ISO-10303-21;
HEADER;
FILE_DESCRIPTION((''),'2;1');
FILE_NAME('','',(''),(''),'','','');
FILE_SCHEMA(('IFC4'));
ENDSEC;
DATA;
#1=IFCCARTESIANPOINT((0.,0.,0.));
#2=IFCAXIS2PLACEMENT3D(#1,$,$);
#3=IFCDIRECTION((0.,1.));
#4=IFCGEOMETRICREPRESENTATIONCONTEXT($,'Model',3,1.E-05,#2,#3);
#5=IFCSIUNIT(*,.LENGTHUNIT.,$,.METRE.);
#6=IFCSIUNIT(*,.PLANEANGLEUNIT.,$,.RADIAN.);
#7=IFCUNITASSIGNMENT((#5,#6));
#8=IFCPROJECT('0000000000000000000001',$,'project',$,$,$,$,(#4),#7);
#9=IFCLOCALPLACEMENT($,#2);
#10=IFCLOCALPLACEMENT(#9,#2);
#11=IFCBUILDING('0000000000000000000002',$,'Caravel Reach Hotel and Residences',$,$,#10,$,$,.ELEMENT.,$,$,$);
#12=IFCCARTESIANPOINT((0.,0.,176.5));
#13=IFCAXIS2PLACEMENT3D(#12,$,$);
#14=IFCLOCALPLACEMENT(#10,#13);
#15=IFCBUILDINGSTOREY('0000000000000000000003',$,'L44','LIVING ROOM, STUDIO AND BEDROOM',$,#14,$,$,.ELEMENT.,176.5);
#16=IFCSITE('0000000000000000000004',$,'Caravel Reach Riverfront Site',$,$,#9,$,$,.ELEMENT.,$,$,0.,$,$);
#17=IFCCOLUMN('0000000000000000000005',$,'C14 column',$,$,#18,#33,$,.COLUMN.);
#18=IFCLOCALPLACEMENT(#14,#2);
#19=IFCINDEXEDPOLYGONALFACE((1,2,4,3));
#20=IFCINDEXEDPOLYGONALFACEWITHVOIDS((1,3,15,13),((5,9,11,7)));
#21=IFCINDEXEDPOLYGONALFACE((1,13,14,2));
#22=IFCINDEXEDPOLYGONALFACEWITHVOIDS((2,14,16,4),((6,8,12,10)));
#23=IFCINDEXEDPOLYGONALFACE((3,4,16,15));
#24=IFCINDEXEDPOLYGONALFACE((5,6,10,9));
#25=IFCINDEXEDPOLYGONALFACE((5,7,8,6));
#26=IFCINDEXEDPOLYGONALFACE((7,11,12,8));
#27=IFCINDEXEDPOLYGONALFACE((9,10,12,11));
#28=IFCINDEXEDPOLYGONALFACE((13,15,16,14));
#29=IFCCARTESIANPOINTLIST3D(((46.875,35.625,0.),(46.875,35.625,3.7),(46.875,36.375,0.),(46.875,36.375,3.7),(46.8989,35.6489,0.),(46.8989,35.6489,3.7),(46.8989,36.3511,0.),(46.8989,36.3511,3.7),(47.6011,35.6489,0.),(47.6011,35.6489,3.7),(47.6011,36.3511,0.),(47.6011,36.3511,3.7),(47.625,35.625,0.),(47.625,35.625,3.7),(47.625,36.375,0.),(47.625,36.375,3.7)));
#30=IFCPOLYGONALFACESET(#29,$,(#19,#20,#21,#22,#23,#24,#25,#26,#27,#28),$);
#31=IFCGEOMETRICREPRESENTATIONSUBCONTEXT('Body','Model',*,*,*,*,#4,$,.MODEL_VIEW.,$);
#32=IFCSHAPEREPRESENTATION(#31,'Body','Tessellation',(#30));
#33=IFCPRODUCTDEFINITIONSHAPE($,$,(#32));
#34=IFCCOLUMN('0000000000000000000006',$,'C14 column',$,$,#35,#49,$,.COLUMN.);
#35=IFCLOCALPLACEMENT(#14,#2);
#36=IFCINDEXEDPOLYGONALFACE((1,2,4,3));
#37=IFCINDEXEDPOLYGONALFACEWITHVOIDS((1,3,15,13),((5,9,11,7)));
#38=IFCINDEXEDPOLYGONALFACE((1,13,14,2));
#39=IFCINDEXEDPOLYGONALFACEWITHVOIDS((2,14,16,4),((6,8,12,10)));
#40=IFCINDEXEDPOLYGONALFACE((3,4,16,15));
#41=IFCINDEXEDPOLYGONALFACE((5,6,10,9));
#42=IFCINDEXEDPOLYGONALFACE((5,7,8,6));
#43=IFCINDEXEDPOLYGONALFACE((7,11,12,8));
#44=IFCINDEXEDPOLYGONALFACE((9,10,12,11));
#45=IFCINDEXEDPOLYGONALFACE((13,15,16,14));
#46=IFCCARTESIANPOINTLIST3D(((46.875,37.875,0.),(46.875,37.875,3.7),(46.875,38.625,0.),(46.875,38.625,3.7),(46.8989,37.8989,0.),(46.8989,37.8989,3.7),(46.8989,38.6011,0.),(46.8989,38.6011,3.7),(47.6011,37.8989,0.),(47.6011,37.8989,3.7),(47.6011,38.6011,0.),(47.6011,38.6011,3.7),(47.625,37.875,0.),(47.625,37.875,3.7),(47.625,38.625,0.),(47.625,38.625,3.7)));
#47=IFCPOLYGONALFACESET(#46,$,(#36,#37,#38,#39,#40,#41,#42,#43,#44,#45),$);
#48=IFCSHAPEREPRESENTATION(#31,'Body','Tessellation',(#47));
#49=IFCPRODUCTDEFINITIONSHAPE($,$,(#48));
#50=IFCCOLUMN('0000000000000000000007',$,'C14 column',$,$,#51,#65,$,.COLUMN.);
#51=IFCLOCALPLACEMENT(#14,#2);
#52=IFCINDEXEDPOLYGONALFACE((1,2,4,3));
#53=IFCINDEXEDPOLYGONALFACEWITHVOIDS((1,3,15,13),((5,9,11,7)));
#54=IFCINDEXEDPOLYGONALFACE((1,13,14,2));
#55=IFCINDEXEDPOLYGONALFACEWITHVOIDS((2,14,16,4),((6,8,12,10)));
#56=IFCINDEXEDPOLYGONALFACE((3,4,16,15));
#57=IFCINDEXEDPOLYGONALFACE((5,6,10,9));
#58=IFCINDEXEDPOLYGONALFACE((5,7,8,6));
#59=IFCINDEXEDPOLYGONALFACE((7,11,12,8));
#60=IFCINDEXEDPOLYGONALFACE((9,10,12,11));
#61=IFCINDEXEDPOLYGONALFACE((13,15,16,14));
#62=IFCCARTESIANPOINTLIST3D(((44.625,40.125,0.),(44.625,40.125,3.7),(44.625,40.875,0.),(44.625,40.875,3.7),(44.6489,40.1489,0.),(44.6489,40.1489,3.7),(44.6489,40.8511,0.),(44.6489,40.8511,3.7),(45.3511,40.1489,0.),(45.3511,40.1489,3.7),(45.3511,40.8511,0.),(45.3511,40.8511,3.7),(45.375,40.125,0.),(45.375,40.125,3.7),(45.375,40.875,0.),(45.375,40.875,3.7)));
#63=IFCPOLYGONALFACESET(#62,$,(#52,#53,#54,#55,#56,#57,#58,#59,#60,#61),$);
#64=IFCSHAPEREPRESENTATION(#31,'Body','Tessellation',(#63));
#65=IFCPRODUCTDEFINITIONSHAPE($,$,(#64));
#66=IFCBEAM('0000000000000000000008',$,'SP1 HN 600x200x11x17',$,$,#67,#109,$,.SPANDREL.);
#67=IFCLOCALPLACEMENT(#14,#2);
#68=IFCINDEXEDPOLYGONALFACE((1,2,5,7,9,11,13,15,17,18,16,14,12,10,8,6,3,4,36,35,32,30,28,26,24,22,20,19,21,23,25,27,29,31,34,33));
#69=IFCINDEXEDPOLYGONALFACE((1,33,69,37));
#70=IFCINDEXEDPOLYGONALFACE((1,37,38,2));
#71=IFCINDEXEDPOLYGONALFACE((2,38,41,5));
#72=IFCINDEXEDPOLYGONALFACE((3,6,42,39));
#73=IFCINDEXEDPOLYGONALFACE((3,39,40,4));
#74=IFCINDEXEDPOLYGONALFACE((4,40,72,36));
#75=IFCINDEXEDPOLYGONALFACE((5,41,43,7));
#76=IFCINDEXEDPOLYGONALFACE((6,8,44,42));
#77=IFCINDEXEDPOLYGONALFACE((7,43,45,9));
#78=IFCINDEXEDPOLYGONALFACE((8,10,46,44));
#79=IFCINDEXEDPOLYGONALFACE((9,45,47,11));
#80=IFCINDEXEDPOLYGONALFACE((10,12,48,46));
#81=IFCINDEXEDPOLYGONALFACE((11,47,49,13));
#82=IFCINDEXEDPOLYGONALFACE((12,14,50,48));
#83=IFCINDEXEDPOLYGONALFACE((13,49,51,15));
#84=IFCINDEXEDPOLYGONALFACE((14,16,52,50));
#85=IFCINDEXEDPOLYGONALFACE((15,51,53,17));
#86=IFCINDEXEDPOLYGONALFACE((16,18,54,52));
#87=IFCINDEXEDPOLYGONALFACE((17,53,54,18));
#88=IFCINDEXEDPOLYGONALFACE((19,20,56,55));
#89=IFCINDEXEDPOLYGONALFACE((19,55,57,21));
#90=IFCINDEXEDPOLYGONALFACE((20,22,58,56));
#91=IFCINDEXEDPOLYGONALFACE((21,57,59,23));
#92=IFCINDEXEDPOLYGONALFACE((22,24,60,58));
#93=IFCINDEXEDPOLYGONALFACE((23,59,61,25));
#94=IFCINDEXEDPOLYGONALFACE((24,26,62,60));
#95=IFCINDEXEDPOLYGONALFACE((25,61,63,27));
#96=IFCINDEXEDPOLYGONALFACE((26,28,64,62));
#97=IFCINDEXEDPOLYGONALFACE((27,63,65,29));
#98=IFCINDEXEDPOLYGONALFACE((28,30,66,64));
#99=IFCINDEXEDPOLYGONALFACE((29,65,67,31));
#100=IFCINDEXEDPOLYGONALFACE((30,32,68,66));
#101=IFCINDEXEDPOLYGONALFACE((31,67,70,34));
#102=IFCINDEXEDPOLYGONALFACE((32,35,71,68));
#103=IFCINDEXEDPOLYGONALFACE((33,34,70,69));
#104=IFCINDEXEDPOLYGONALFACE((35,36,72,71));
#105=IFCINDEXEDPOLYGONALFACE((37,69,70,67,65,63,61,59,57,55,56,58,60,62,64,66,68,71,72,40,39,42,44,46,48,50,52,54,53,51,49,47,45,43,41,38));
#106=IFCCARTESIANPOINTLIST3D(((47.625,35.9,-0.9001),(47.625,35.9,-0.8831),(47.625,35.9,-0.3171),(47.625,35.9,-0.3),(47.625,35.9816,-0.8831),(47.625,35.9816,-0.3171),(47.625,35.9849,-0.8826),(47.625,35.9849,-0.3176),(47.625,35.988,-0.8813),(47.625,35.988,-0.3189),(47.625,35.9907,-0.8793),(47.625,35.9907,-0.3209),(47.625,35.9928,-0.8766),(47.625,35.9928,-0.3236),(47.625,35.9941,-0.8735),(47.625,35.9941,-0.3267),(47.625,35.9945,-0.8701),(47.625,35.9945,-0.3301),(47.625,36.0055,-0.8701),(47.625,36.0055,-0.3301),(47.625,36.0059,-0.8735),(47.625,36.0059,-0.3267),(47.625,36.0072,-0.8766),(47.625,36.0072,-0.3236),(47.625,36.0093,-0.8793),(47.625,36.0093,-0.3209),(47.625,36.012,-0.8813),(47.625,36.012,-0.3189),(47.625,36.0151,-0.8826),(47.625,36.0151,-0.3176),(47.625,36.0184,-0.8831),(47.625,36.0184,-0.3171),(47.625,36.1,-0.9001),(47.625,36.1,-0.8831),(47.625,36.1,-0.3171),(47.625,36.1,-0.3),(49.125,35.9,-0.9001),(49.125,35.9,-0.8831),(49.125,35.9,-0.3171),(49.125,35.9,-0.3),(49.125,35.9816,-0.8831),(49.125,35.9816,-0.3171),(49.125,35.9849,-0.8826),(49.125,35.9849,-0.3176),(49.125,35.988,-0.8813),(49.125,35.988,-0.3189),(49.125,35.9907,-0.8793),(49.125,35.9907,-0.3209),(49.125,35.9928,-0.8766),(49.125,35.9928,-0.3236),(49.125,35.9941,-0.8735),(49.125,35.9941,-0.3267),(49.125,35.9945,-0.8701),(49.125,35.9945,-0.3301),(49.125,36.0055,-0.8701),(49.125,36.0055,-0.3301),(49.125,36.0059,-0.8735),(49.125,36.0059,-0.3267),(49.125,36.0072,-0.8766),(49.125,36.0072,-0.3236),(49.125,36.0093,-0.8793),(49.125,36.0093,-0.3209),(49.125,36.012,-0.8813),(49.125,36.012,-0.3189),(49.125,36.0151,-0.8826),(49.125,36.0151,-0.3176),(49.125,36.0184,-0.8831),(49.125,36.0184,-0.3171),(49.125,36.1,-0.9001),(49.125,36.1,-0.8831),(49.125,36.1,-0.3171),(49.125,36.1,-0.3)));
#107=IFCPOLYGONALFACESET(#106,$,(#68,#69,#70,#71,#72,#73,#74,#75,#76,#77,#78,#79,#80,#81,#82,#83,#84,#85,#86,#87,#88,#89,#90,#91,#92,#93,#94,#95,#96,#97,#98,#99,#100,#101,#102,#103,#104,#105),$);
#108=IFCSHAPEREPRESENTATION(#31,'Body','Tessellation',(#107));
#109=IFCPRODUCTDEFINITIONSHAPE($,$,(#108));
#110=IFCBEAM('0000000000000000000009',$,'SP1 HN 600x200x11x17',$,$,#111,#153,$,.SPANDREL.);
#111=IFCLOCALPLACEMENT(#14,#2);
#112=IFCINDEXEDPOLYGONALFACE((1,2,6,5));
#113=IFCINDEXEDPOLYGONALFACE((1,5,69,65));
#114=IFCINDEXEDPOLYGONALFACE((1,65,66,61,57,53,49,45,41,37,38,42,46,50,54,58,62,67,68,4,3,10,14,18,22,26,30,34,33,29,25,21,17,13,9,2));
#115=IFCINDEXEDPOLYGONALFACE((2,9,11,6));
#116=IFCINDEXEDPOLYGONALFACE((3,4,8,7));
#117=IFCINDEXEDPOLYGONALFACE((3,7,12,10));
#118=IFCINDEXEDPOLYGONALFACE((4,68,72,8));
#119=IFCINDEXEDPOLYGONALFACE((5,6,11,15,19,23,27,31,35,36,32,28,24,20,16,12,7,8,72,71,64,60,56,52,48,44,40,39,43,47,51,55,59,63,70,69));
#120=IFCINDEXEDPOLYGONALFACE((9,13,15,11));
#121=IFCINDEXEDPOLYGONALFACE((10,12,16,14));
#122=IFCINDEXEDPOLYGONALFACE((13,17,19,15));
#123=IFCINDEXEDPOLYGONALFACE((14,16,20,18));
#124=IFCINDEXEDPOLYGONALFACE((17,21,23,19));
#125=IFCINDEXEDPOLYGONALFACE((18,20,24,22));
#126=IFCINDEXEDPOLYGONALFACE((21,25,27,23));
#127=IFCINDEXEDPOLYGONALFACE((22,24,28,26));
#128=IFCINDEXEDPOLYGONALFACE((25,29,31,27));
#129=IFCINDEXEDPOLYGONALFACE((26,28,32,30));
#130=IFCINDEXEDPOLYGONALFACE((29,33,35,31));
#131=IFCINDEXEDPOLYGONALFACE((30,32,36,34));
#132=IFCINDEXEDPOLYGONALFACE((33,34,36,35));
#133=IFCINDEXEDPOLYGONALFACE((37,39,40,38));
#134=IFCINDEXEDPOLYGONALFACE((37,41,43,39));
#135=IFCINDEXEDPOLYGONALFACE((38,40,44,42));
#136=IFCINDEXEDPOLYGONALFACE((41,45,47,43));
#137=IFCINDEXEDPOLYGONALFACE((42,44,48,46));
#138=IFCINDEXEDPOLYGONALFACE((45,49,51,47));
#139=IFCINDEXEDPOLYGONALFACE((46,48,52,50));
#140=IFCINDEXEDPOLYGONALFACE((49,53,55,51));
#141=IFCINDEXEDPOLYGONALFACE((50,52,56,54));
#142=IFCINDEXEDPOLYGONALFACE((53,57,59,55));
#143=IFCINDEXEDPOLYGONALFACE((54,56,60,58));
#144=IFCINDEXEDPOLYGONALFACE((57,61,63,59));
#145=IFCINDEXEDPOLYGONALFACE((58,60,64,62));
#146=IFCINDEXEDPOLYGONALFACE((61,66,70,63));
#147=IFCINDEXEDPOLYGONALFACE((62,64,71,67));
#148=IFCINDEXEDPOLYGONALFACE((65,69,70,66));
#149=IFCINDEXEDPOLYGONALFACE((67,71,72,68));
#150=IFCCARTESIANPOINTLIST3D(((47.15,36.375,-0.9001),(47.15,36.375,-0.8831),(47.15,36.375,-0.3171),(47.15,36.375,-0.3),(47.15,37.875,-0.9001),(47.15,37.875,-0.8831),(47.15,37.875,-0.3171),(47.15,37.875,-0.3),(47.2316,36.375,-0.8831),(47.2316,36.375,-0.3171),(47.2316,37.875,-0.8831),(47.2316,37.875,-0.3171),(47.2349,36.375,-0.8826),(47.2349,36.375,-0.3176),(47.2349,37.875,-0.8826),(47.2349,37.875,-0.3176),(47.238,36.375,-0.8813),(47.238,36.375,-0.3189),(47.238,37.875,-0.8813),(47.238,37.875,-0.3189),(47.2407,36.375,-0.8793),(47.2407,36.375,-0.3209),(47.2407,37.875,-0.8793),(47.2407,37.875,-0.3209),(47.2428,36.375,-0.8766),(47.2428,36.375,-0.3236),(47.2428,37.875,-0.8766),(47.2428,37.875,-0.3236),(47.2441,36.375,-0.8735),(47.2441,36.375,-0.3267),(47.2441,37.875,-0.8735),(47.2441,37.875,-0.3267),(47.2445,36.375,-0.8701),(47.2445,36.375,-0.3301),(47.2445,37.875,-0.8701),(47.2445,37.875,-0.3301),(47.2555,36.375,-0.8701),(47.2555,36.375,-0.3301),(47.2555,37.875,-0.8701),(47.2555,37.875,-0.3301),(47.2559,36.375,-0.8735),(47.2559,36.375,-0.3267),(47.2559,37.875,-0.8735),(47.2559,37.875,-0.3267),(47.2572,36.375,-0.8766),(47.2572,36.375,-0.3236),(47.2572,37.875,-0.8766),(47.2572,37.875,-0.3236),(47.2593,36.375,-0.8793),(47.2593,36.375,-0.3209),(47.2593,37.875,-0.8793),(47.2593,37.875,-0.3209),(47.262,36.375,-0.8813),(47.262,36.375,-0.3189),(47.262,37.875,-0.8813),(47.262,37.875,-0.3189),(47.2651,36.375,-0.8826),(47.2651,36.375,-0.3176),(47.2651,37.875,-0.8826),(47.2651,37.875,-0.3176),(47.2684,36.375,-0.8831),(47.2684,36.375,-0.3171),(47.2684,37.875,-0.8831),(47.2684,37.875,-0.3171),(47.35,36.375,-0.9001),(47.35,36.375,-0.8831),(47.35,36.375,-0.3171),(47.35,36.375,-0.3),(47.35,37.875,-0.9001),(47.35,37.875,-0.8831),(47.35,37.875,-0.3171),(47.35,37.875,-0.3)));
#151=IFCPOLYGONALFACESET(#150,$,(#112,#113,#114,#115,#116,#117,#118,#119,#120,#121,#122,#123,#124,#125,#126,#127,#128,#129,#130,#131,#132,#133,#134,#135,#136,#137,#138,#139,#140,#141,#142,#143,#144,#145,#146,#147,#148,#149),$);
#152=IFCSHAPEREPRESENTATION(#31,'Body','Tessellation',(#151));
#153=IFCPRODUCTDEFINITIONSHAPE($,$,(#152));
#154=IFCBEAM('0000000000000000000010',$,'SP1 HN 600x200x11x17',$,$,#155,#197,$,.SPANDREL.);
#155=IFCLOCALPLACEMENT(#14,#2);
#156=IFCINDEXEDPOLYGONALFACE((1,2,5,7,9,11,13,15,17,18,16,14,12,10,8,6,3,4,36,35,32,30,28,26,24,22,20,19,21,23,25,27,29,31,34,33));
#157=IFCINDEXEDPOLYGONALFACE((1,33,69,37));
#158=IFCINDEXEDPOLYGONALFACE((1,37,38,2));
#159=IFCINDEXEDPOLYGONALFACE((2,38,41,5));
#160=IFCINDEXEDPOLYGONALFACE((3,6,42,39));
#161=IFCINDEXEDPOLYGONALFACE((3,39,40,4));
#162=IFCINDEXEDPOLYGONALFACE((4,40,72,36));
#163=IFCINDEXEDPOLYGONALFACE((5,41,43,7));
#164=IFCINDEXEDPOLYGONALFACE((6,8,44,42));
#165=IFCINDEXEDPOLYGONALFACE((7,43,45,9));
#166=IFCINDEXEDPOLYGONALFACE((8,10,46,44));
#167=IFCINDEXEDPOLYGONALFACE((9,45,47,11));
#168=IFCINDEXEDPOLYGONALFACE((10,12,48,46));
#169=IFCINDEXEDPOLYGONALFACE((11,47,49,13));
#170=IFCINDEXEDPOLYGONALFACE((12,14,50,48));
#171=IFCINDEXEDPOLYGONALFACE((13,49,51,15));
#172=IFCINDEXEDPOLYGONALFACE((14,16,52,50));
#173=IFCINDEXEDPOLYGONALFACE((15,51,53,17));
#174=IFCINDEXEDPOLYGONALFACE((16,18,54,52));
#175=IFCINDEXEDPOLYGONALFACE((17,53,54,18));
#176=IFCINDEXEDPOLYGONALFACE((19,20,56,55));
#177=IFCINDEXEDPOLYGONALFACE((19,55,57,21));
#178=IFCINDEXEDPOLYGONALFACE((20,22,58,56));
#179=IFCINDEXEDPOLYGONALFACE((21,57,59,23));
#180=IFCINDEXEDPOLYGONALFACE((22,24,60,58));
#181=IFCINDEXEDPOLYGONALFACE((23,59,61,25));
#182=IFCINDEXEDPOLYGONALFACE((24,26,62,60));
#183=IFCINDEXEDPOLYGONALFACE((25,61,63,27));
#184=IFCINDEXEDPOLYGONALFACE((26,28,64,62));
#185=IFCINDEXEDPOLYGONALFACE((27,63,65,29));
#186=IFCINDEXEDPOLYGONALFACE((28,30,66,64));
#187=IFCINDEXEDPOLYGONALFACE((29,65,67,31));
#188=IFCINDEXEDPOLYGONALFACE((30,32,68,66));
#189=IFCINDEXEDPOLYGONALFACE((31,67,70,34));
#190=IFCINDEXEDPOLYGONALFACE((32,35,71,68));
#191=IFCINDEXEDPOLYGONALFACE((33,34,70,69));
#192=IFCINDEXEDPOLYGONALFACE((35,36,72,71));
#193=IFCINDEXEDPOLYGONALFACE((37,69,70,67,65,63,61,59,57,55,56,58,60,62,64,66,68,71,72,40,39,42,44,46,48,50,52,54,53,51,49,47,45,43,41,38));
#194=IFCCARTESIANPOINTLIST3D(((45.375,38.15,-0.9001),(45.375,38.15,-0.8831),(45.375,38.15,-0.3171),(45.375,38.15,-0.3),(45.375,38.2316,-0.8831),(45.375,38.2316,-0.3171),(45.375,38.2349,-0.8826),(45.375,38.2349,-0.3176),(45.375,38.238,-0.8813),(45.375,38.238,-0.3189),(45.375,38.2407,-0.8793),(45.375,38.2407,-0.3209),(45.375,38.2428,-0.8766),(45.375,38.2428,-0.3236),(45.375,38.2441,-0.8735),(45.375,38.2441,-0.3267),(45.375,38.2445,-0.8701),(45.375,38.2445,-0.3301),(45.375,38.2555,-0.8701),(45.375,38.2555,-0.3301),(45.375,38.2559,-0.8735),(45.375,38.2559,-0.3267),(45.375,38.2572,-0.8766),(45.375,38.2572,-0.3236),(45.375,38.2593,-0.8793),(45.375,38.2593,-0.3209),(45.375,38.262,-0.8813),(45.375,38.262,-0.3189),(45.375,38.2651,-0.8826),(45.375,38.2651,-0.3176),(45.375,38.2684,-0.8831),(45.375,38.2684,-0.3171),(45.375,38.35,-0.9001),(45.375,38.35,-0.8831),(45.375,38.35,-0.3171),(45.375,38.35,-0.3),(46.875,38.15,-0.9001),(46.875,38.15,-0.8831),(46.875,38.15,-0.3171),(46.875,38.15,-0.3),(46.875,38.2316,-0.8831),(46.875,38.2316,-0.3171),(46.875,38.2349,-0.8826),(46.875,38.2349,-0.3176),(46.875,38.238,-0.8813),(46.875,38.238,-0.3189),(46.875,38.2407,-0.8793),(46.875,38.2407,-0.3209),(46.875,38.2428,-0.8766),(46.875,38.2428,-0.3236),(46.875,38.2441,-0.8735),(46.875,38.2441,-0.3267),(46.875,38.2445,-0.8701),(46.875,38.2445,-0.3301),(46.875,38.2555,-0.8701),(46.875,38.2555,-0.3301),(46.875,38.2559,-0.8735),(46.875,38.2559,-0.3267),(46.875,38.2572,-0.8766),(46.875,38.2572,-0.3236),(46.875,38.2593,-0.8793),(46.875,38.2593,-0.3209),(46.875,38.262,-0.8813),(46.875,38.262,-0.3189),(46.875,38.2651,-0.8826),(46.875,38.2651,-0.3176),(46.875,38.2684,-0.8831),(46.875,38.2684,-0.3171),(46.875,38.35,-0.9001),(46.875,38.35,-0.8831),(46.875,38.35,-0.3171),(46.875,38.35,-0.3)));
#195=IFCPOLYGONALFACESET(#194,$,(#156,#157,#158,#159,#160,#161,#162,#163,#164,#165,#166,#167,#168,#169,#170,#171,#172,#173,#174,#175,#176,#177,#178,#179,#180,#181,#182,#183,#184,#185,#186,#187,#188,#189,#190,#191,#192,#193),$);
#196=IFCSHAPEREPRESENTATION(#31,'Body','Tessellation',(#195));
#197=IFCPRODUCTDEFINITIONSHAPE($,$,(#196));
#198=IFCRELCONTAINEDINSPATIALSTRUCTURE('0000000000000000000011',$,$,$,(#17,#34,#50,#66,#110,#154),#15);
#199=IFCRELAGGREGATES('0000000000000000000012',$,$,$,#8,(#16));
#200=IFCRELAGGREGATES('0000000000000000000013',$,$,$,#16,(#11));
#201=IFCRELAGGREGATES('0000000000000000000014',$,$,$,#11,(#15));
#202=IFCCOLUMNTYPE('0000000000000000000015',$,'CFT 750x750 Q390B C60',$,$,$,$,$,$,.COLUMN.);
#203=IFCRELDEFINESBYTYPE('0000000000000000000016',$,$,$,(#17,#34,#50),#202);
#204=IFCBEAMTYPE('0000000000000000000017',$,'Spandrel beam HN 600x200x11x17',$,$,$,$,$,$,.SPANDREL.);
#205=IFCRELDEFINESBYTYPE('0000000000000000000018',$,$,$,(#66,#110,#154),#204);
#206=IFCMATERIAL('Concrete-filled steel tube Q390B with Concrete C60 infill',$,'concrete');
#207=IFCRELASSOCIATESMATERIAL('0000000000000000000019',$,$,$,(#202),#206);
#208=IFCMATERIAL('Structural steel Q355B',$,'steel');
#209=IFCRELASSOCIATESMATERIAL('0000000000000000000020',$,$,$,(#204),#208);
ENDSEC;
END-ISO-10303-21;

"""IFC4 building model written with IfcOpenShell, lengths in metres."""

from ifc_helpers import new_model, si_unit, direction, frame, origin, origin_2d, place, context, subcontext, project, spatial, hollow_rectangle, i_section, extrude, material, material_profile, profile_set, type_object, element, save


model = new_model("IFC4")

# Units and contexts
model_context = context("Model", 3, precision=1e-05, world=origin(), true_north=direction((0.0, 1.0)))
body_context = subcontext(model_context, "Body", "Model", "MODEL_VIEW")
ifc_project = project(units=[si_unit("LENGTHUNIT", "METRE"), si_unit("PLANEANGLEUNIT", "RADIAN")], contexts=[model_context])

# Site, building, storey
site_placement = place(None, origin())
site = spatial("IfcSite", under=ifc_project, at=site_placement, Name="Caravel Reach Riverfront Site", CompositionType="ELEMENT", RefElevation=0.0)
building_placement = place(site_placement, origin())
building = spatial("IfcBuilding", under=site, at=building_placement, Name="Caravel Reach Hotel and Residences", CompositionType="ELEMENT")
storey_placement = place(building_placement, frame((0.0, 0.0, 176.5)))
storey = spatial("IfcBuildingStorey", under=building, at=storey_placement, Name="L44", Description="LIVING ROOM, STUDIO AND BEDROOM", CompositionType="ELEMENT", Elevation=176.5)

# Columns
ifc_material_1 = material(Name="Concrete-filled steel tube Q390B with Concrete C60 infill", Category="concrete")
ifc_material_profile_1 = material_profile(ifc_material_1, hollow_rectangle(XDim=0.75, YDim=0.75, WallThickness=0.0239, at=origin_2d()), Name="RHS 750x750x24")
ifc_profile_set_1 = profile_set([ifc_material_profile_1], Name="Concrete-filled steel tube Q390B with Concrete C60 infill")
column_type = type_object("IfcColumnType", Name="CFT 750x750 Q390B C60", PredefinedType="COLUMN", material=ifc_profile_set_1)
for number, where, z_axis, x_axis, name in (
    (1, (47.25, 36.0, 0.0), (0.0, 0.0, 1.0), (1.0, 0.0, 0.0), "C14 column"),
    (2, (47.25, 38.25, 0.0), (0.0, 0.0, 1.0), (1.0, 0.0, 0.0), "C14 column"),
    (3, (45.0, 40.5, 0.0), (0.0, 0.0, 1.0), (1.0, 0.0, 0.0), "C14 column"),
):
    element("IfcColumn", number, at=place(storey_placement, frame(where, z_axis=z_axis, x_axis=x_axis)), inside=storey, type_object=column_type, Name=name, PredefinedType="COLUMN", context=body_context, shape_type="SweptSolid", body=[
        extrude(hollow_rectangle(XDim=0.75, YDim=0.75, WallThickness=0.0239, at=origin_2d()), origin(), (0.0, 0.0, 1.0), 3.7),
    ])

# Beams
ifc_material_2 = material(Name="Structural steel Q355B", Category="steel")
ifc_material_profile_2 = material_profile(ifc_material_2, i_section(OverallWidth=0.2, OverallDepth=0.6001, WebThickness=0.011, FlangeThickness=0.0171, FilletRadius=0.0129, at=origin_2d()), Name="HN 600x200x11x17")
ifc_profile_set_2 = profile_set([ifc_material_profile_2], Name="Structural steel Q355B")
beam_type = type_object("IfcBeamType", Name="Spandrel beam HN 600x200x11x17", PredefinedType="SPANDREL", material=ifc_profile_set_2)
for number, where, z_axis, x_axis, name in (
    (4, (49.125, 36.0, -0.6001), (-1.0, 0.0, 0.0), (0.0, -1.0, 0.0), "SP1 HN 600x200x11x17"),
    (5, (47.25, 36.375, -0.6001), (0.0, 1.0, 0.0), (-1.0, 0.0, 0.0), "SP1 HN 600x200x11x17"),
    (6, (46.875, 38.25, -0.6001), (-1.0, 0.0, 0.0), (0.0, -1.0, 0.0), "SP1 HN 600x200x11x17"),
):
    element("IfcBeam", number, at=place(storey_placement, frame(where, z_axis=z_axis, x_axis=x_axis)), inside=storey, type_object=beam_type, Name=name, PredefinedType="SPANDREL", context=body_context, shape_type="SweptSolid", body=[
        extrude(i_section(OverallWidth=0.2, OverallDepth=0.6001, WebThickness=0.011, FlangeThickness=0.0171, FilletRadius=0.0129, at=origin_2d()), origin(), (0.0, 0.0, 1.0), 1.5),
    ])

save(model, "model.ifc")
